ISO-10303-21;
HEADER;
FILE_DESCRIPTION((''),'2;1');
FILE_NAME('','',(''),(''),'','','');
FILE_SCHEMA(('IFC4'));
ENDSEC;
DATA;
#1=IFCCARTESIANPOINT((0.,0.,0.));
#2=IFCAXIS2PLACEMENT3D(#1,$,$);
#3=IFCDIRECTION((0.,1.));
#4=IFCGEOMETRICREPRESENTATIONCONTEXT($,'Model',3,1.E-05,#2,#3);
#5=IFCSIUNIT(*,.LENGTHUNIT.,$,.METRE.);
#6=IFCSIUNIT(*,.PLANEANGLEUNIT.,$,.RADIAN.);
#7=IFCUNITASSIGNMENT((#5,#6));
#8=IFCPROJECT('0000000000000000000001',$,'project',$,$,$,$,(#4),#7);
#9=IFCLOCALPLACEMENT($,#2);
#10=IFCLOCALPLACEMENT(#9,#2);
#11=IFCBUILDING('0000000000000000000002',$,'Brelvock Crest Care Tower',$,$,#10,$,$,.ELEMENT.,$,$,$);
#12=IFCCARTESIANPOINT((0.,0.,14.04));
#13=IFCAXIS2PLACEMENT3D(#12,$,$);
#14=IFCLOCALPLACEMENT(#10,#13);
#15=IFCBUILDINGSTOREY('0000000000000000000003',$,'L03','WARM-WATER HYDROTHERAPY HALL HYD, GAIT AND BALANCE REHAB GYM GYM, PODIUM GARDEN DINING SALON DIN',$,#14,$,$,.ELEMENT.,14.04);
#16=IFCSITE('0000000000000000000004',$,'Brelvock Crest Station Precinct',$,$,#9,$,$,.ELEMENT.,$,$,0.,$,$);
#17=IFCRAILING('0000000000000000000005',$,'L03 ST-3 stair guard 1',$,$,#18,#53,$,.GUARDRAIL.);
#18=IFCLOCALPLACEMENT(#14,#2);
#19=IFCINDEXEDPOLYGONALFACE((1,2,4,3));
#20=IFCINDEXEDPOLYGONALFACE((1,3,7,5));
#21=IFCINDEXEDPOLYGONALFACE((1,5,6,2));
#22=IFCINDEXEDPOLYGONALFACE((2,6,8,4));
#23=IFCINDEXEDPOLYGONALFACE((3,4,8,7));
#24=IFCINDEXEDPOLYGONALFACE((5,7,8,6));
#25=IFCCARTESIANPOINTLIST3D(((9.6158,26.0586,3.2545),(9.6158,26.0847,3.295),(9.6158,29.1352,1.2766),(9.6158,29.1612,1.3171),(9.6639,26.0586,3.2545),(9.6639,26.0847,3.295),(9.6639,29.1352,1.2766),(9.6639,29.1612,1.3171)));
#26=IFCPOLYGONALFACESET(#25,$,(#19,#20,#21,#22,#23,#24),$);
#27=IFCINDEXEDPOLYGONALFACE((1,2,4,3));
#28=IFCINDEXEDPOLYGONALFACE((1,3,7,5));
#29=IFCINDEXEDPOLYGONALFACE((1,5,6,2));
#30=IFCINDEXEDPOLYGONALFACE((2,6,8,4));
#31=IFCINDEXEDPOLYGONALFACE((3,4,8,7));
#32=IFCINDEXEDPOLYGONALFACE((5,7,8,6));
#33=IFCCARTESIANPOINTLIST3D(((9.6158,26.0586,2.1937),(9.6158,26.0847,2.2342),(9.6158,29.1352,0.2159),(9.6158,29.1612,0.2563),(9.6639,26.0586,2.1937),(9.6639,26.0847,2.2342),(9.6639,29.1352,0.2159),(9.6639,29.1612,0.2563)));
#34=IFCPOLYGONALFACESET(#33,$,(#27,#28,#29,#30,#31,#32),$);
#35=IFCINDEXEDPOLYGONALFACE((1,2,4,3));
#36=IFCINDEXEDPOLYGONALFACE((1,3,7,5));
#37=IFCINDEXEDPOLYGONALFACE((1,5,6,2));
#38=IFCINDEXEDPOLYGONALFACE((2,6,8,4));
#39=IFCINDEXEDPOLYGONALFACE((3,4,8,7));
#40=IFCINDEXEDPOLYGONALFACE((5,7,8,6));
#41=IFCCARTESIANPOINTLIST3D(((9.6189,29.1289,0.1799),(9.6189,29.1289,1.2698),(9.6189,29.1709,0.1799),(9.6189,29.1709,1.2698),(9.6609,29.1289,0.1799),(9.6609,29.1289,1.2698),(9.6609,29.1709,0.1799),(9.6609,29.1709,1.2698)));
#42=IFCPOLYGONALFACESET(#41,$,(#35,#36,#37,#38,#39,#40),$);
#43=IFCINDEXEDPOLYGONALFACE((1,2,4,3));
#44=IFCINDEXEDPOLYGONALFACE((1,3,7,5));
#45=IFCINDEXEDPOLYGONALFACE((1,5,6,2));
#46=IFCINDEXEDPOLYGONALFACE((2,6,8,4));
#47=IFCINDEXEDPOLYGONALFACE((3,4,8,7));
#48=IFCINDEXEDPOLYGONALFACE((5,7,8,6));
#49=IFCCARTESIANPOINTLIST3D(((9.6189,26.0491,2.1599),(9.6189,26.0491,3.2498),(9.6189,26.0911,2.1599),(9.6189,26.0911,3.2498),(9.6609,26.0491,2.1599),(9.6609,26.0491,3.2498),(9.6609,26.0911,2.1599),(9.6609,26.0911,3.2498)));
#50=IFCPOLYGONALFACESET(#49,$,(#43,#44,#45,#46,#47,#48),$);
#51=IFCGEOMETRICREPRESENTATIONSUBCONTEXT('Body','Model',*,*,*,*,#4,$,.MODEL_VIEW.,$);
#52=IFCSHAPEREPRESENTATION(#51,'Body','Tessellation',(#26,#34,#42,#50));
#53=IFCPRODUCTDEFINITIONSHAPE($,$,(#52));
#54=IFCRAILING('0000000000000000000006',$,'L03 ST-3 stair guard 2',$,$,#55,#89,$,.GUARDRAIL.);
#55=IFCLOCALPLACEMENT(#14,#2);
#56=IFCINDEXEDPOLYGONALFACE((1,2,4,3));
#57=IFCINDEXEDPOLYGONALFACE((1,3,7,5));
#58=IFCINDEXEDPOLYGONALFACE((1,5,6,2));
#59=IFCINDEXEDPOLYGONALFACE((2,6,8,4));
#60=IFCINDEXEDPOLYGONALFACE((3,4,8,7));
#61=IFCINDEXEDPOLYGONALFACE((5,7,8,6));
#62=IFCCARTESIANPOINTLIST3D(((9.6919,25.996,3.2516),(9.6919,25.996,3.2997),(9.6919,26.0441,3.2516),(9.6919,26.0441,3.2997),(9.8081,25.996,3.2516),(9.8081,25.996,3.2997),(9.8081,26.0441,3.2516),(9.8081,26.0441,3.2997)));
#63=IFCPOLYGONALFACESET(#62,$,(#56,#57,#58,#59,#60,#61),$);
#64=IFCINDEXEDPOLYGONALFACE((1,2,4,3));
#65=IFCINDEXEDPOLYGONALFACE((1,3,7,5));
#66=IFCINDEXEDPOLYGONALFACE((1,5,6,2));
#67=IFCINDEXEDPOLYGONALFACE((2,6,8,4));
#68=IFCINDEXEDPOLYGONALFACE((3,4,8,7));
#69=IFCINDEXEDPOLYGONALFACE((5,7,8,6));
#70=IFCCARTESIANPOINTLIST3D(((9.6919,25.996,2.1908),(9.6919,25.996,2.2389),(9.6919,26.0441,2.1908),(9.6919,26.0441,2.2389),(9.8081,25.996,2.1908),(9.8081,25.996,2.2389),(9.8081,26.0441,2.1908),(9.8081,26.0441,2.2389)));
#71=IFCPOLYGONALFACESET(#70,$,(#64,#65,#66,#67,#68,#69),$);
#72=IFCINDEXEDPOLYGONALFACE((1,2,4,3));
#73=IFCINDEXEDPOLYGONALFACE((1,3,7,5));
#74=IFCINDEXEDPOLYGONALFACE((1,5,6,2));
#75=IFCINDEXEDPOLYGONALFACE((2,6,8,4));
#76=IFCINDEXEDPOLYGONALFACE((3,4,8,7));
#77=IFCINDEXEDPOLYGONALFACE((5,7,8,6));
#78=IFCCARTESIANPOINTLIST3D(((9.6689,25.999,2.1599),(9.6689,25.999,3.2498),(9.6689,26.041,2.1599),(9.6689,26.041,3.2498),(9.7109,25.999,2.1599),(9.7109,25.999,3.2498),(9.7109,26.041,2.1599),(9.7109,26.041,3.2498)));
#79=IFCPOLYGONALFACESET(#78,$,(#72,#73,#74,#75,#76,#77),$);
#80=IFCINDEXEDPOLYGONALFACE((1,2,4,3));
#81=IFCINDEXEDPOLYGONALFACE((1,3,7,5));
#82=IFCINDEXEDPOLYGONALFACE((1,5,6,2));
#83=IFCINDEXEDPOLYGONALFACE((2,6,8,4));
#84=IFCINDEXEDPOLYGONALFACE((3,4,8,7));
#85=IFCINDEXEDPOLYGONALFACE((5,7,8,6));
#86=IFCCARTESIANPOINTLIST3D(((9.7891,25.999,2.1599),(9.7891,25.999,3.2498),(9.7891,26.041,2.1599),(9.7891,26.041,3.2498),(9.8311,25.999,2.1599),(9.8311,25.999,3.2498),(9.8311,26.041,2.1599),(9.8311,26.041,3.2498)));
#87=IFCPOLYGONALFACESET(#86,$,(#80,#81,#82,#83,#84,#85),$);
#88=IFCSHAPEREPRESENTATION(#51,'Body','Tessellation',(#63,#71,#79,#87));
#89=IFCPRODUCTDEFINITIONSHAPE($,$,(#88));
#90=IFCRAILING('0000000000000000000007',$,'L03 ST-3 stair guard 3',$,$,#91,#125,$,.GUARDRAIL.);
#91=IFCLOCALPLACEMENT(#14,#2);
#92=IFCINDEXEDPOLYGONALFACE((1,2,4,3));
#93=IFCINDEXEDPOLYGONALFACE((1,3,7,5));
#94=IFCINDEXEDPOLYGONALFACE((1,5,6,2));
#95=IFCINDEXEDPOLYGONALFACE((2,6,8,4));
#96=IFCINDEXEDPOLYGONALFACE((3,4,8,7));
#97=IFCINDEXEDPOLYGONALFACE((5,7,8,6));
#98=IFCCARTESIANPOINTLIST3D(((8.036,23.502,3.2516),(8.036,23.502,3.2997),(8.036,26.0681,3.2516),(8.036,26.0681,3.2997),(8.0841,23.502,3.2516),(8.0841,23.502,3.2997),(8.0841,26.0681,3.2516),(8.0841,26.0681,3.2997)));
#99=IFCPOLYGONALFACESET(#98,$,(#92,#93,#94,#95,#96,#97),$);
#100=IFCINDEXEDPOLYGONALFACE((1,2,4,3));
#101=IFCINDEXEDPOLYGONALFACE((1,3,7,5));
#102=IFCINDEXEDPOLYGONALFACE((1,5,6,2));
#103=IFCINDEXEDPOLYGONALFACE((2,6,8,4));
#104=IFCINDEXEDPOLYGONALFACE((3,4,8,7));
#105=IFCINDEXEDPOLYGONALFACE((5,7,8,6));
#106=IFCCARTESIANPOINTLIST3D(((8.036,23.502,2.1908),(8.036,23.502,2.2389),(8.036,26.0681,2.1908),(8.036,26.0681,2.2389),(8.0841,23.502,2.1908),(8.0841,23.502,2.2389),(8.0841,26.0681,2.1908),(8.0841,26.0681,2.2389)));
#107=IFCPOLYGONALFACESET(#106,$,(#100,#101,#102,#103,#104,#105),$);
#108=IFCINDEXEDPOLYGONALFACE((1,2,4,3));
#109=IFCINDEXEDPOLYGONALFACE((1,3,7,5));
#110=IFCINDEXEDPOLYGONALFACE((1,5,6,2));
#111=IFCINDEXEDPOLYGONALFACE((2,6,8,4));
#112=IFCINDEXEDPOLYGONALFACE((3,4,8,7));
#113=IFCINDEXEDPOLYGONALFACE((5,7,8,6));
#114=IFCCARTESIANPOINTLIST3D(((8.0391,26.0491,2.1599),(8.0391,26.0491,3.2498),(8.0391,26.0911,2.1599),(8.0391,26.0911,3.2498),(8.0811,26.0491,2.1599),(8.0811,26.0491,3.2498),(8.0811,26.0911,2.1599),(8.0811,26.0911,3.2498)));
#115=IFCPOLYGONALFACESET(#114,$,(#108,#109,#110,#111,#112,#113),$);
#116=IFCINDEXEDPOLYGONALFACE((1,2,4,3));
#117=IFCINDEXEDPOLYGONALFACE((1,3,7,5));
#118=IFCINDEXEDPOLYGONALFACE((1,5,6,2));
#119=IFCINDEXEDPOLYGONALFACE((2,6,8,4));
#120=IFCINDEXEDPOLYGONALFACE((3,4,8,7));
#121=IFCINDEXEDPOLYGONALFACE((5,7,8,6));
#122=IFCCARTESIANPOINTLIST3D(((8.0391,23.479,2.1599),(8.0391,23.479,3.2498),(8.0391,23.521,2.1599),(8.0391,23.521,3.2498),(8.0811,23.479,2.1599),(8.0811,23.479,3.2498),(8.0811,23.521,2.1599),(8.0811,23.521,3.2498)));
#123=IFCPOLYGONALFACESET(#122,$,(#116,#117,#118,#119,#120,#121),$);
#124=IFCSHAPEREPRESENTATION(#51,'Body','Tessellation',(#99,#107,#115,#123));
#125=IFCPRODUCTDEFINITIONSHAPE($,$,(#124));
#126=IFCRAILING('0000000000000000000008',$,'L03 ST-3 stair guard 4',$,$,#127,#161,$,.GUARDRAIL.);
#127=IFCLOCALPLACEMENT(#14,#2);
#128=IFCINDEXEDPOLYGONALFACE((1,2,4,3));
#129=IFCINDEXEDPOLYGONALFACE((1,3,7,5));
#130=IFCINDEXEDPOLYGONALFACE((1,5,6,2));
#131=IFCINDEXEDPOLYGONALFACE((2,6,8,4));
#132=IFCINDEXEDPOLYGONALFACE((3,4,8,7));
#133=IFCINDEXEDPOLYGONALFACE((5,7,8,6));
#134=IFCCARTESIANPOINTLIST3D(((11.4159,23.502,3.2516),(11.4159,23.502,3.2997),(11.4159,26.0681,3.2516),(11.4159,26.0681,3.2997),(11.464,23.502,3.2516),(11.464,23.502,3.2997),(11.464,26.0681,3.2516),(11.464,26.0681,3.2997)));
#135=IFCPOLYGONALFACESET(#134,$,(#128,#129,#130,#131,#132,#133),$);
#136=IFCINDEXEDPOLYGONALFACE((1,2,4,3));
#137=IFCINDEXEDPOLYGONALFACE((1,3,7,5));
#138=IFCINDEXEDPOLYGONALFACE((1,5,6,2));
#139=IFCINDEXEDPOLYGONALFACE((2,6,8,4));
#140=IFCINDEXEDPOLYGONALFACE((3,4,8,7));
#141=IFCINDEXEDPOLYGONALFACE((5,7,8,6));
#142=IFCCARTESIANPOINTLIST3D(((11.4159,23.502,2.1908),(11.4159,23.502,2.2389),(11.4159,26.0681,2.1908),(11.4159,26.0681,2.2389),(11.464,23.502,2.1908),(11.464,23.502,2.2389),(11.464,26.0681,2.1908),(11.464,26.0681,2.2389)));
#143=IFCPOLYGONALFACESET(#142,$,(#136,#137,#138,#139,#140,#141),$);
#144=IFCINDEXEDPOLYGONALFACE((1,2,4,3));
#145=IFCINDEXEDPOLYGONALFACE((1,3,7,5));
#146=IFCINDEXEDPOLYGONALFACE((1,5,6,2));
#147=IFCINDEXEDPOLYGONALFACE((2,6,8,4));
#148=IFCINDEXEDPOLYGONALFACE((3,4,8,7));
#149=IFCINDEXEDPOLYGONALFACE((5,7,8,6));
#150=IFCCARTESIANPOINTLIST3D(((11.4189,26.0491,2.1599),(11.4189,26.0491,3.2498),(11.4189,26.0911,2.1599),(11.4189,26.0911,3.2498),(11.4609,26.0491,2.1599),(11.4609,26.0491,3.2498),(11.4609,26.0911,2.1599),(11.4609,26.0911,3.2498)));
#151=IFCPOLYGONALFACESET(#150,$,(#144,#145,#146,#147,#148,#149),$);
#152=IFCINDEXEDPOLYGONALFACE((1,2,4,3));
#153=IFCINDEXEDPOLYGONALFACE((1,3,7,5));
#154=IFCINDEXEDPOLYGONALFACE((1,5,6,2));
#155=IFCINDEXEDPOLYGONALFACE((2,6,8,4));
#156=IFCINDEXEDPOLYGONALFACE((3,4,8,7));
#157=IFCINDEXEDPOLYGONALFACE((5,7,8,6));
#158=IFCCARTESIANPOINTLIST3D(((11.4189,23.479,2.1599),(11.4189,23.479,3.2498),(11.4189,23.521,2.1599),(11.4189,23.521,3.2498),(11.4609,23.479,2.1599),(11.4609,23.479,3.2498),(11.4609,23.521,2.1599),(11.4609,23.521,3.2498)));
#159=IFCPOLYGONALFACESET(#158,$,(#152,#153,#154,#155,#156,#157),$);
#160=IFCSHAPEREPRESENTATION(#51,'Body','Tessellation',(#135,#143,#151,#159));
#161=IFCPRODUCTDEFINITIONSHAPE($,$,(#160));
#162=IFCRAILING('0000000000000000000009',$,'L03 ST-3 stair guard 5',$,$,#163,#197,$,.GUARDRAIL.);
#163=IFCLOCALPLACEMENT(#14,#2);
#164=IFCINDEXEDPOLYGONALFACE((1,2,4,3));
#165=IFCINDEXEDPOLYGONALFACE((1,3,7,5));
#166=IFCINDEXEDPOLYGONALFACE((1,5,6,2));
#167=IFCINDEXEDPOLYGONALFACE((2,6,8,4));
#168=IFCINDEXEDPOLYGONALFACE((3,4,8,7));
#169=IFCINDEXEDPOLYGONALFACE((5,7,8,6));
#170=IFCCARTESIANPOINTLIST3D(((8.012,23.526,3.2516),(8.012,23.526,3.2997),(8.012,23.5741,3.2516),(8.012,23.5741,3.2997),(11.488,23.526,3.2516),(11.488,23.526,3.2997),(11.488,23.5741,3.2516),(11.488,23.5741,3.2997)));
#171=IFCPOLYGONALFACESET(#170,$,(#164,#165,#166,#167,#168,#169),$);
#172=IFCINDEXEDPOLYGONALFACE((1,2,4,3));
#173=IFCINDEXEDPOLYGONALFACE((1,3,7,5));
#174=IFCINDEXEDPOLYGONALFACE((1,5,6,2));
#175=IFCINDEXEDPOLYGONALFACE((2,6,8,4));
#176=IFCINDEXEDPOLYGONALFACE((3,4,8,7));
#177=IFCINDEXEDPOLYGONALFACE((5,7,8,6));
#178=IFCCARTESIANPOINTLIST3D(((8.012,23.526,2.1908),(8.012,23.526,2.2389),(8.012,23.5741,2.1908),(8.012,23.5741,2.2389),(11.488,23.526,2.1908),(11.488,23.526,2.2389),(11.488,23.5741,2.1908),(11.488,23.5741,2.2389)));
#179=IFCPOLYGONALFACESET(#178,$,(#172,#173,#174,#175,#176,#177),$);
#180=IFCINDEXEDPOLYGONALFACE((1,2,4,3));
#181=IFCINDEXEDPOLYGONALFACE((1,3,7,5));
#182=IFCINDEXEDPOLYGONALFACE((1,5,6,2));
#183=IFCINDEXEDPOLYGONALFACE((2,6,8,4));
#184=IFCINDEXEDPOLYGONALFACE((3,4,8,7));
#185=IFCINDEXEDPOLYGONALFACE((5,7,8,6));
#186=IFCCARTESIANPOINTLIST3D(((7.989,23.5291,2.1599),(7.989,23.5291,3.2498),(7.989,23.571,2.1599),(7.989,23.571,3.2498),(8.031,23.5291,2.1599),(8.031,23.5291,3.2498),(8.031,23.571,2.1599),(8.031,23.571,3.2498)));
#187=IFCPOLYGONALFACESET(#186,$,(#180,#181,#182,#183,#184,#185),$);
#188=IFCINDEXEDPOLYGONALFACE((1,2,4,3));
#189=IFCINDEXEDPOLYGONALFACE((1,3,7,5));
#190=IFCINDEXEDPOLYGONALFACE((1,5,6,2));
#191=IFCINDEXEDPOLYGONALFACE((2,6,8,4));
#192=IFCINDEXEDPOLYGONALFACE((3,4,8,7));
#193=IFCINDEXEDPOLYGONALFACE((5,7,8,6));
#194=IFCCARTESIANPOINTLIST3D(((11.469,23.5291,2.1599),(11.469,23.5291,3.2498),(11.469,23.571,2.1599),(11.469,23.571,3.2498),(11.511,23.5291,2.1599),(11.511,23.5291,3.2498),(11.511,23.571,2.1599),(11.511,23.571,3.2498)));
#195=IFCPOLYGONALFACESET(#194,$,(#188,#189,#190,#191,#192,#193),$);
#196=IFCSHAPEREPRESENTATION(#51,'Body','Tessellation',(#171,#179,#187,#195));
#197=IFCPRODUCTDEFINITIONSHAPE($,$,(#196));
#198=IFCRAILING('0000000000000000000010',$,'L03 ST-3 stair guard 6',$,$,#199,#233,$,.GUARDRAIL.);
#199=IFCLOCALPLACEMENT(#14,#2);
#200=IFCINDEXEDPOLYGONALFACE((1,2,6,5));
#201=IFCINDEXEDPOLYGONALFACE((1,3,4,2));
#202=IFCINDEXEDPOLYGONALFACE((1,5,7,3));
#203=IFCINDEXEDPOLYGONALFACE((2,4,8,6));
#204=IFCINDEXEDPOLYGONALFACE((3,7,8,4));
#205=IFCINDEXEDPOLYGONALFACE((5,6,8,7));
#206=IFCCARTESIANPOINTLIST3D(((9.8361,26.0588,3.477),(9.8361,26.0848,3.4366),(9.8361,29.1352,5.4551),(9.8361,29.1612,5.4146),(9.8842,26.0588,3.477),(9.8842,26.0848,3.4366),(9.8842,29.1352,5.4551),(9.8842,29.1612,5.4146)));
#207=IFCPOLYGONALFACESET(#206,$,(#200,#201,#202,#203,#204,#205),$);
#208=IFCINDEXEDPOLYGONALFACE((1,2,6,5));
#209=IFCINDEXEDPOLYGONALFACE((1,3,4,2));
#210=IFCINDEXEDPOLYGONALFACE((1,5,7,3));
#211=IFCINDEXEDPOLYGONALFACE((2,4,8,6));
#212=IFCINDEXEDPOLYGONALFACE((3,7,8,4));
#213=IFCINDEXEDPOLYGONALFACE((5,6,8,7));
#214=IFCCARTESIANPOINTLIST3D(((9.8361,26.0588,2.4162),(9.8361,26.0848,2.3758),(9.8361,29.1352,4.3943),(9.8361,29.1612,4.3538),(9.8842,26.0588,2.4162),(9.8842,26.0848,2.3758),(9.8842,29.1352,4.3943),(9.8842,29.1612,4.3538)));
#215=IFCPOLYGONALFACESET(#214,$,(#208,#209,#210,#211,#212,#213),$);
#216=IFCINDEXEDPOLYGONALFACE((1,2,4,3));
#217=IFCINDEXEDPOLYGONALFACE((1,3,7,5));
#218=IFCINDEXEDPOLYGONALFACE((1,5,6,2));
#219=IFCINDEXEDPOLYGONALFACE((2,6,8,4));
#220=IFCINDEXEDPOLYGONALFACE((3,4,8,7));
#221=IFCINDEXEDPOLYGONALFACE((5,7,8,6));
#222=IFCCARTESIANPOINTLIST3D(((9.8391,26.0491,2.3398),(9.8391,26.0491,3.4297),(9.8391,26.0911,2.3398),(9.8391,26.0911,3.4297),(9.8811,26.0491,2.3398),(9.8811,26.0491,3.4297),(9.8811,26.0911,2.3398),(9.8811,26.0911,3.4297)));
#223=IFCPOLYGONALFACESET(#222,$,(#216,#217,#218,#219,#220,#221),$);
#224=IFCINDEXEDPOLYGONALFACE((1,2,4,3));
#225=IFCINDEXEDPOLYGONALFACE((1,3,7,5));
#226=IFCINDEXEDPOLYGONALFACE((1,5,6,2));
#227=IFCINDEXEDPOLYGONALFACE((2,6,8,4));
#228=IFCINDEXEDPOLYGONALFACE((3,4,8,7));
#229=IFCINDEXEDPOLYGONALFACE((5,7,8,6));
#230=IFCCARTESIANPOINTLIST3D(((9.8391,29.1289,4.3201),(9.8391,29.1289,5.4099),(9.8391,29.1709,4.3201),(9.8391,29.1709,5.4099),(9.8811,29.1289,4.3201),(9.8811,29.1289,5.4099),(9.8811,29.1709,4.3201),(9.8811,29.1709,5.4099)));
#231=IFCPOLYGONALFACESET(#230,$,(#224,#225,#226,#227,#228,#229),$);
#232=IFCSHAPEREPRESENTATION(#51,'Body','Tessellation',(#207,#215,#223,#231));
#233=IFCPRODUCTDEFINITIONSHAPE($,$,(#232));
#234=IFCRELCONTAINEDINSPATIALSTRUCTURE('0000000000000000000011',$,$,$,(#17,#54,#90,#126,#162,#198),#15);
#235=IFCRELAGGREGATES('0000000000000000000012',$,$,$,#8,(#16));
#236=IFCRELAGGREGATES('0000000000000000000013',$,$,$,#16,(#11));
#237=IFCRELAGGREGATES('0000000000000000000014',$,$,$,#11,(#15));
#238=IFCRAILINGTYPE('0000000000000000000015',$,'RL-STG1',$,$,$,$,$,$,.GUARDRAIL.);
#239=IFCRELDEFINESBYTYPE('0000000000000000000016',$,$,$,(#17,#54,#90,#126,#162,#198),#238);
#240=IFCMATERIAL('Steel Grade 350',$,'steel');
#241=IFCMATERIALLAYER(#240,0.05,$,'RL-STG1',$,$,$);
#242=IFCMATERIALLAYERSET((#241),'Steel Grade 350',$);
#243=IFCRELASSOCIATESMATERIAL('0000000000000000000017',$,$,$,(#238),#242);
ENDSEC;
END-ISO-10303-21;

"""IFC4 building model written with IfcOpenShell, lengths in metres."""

from ifc_helpers import new_model, si_unit, direction, frame, origin, origin_2d, place, context, subcontext, project, spatial, rectangle, extrude, material, layer, layer_set, type_object, element, save


model = new_model("IFC4")

# Units and contexts
model_context = context("Model", 3, precision=1e-05, world=origin(), true_north=direction((0.0, 1.0)))
body_context = subcontext(model_context, "Body", "Model", "MODEL_VIEW")
ifc_project = project(units=[si_unit("LENGTHUNIT", "METRE"), si_unit("PLANEANGLEUNIT", "RADIAN")], contexts=[model_context])

# Site, building, storey
site_placement = place(None, origin())
site = spatial("IfcSite", under=ifc_project, at=site_placement, Name="Brelvock Crest Station Precinct", CompositionType="ELEMENT", RefElevation=0.0)
building_placement = place(site_placement, origin())
building = spatial("IfcBuilding", under=site, at=building_placement, Name="Brelvock Crest Care Tower", CompositionType="ELEMENT")
storey_placement = place(building_placement, frame((0.0, 0.0, 14.04)))
storey = spatial("IfcBuildingStorey", under=building, at=storey_placement, Name="L03", Description="WARM-WATER HYDROTHERAPY HALL HYD, GAIT AND BALANCE REHAB GYM GYM, PODIUM GARDEN DINING SALON DIN", CompositionType="ELEMENT", Elevation=14.04)

# Shared definitions
ifc_material_1 = material(Name="Steel Grade 350", Category="steel")

# Railings
ifc_layer_1 = layer(ifc_material_1, 0.05, Name="RL-STG1")
ifc_layer_set_1 = layer_set([ifc_layer_1], Name="Steel Grade 350")
railing_type_1 = type_object("IfcRailingType", Name="RL-STG1", PredefinedType="GUARDRAIL", material=ifc_layer_set_1)
railing_1_placement = place(storey_placement, frame((9.6399, 29.1499, 0.1799)))
element("IfcRailing", 1, at=railing_1_placement, inside=storey, type_object=railing_type_1, Name="L03 ST-3 stair guard 1", PredefinedType="GUARDRAIL", context=body_context, shape_type="SweptSolid", body=[
    extrude(rectangle(XDim=0.0481, YDim=0.0481, at=origin_2d()), frame((0.0, -0.0017, 1.1169), z_axis=(0.0, -0.841168, 0.540774), x_axis=(1.0, 0.0, 0.0)), (0.0, 0.0, 1.0), 3.6575),
    extrude(rectangle(XDim=0.0481, YDim=0.0481, at=origin_2d()), frame((0.0, -0.0017, 0.0562), z_axis=(0.0, -0.841168, 0.540774), x_axis=(1.0, 0.0, 0.0)), (0.0, 0.0, 1.0), 3.6575),
    extrude(rectangle(XDim=0.042, YDim=0.042, at=origin_2d()), origin(), (0.0, 0.0, 1.0), 1.0898),
    extrude(rectangle(XDim=0.042, YDim=0.042, at=origin_2d()), frame((0.0, -3.0798, 1.98)), (0.0, 0.0, 1.0), 1.0898),
])
railing_2_placement = place(storey_placement, frame((9.6899, 26.02, 2.1599)))
element("IfcRailing", 2, at=railing_2_placement, inside=storey, type_object=railing_type_1, Name="L03 ST-3 stair guard 2", PredefinedType="GUARDRAIL", context=body_context, shape_type="SweptSolid", body=[
    extrude(rectangle(XDim=0.0481, YDim=0.0481, at=origin_2d()), frame((0.002, 0.0, 1.1157), z_axis=(1.0, 0.0, 0.0), x_axis=(0.0, 1.0, 0.0)), (0.0, 0.0, 1.0), 0.1162),
    extrude(rectangle(XDim=0.0481, YDim=0.0481, at=origin_2d()), frame((0.002, 0.0, 0.0549), z_axis=(1.0, 0.0, 0.0), x_axis=(0.0, 1.0, 0.0)), (0.0, 0.0, 1.0), 0.1162),
    extrude(rectangle(XDim=0.042, YDim=0.042, at=origin_2d()), origin(), (0.0, 0.0, 1.0), 1.0898),
    extrude(rectangle(XDim=0.042, YDim=0.042, at=origin_2d()), frame((0.1201, 0.0, 0.0)), (0.0, 0.0, 1.0), 1.0898),
])
for number, where, name in (
    (3, (8.0601, 26.0701, 2.1599), "L03 ST-3 stair guard 3"),
    (4, (11.4399, 26.0701, 2.1599), "L03 ST-3 stair guard 4"),
):
    element("IfcRailing", number, at=place(storey_placement, frame(where)), inside=storey, type_object=railing_type_1, Name=name, PredefinedType="GUARDRAIL", context=body_context, shape_type="SweptSolid", body=[
        extrude(rectangle(XDim=0.0481, YDim=0.0481, at=origin_2d()), frame((0.0, -0.002, 1.1157), z_axis=(0.0, -1.0, 0.0), x_axis=(1.0, 0.0, 0.0)), (0.0, 0.0, 1.0), 2.5662),
        extrude(rectangle(XDim=0.0481, YDim=0.0481, at=origin_2d()), frame((0.0, -0.002, 0.0549), z_axis=(0.0, -1.0, 0.0), x_axis=(1.0, 0.0, 0.0)), (0.0, 0.0, 1.0), 2.5662),
        extrude(rectangle(XDim=0.042, YDim=0.042, at=origin_2d()), origin(), (0.0, 0.0, 1.0), 1.0898),
        extrude(rectangle(XDim=0.042, YDim=0.042, at=origin_2d()), frame((0.0, -2.5701, 0.0)), (0.0, 0.0, 1.0), 1.0898),
    ])
railing_3_placement = place(storey_placement, frame((8.01, 23.55, 2.1599)))
element("IfcRailing", 5, at=railing_3_placement, inside=storey, type_object=railing_type_1, Name="L03 ST-3 stair guard 5", PredefinedType="GUARDRAIL", context=body_context, shape_type="SweptSolid", body=[
    extrude(rectangle(XDim=0.0481, YDim=0.0481, at=origin_2d()), frame((0.002, 0.0, 1.1157), z_axis=(1.0, 0.0, 0.0), x_axis=(0.0, 1.0, 0.0)), (0.0, 0.0, 1.0), 3.4761),
    extrude(rectangle(XDim=0.0481, YDim=0.0481, at=origin_2d()), frame((0.002, 0.0, 0.0549), z_axis=(1.0, 0.0, 0.0), x_axis=(0.0, 1.0, 0.0)), (0.0, 0.0, 1.0), 3.4761),
    extrude(rectangle(XDim=0.042, YDim=0.042, at=origin_2d()), origin(), (0.0, 0.0, 1.0), 1.0898),
    extrude(rectangle(XDim=0.042, YDim=0.042, at=origin_2d()), frame((3.48, 0.0, 0.0)), (0.0, 0.0, 1.0), 1.0898),
])
railing_4_placement = place(storey_placement, frame((9.8601, 26.0701, 2.3398)))
element("IfcRailing", 6, at=railing_4_placement, inside=storey, type_object=railing_type_1, Name="L03 ST-3 stair guard 6", PredefinedType="GUARDRAIL", context=body_context, shape_type="SweptSolid", body=[
    extrude(rectangle(XDim=0.0481, YDim=0.0481, at=origin_2d()), frame((0.0, 0.0017, 1.1169), z_axis=(0.0, 0.841137, 0.540822), x_axis=(-1.0, 0.0, 0.0)), (0.0, 0.0, 1.0), 3.6575),
    extrude(rectangle(XDim=0.0481, YDim=0.0481, at=origin_2d()), frame((0.0, 0.0017, 0.0562), z_axis=(0.0, 0.841137, 0.540822), x_axis=(-1.0, 0.0, 0.0)), (0.0, 0.0, 1.0), 3.6575),
    extrude(rectangle(XDim=0.042, YDim=0.042, at=origin_2d()), origin(), (0.0, 0.0, 1.0), 1.0898),
    extrude(rectangle(XDim=0.042, YDim=0.042, at=origin_2d()), frame((0.0, 3.0798, 1.9802)), (0.0, 0.0, 1.0), 1.0898),
])

save(model, "model.ifc")
